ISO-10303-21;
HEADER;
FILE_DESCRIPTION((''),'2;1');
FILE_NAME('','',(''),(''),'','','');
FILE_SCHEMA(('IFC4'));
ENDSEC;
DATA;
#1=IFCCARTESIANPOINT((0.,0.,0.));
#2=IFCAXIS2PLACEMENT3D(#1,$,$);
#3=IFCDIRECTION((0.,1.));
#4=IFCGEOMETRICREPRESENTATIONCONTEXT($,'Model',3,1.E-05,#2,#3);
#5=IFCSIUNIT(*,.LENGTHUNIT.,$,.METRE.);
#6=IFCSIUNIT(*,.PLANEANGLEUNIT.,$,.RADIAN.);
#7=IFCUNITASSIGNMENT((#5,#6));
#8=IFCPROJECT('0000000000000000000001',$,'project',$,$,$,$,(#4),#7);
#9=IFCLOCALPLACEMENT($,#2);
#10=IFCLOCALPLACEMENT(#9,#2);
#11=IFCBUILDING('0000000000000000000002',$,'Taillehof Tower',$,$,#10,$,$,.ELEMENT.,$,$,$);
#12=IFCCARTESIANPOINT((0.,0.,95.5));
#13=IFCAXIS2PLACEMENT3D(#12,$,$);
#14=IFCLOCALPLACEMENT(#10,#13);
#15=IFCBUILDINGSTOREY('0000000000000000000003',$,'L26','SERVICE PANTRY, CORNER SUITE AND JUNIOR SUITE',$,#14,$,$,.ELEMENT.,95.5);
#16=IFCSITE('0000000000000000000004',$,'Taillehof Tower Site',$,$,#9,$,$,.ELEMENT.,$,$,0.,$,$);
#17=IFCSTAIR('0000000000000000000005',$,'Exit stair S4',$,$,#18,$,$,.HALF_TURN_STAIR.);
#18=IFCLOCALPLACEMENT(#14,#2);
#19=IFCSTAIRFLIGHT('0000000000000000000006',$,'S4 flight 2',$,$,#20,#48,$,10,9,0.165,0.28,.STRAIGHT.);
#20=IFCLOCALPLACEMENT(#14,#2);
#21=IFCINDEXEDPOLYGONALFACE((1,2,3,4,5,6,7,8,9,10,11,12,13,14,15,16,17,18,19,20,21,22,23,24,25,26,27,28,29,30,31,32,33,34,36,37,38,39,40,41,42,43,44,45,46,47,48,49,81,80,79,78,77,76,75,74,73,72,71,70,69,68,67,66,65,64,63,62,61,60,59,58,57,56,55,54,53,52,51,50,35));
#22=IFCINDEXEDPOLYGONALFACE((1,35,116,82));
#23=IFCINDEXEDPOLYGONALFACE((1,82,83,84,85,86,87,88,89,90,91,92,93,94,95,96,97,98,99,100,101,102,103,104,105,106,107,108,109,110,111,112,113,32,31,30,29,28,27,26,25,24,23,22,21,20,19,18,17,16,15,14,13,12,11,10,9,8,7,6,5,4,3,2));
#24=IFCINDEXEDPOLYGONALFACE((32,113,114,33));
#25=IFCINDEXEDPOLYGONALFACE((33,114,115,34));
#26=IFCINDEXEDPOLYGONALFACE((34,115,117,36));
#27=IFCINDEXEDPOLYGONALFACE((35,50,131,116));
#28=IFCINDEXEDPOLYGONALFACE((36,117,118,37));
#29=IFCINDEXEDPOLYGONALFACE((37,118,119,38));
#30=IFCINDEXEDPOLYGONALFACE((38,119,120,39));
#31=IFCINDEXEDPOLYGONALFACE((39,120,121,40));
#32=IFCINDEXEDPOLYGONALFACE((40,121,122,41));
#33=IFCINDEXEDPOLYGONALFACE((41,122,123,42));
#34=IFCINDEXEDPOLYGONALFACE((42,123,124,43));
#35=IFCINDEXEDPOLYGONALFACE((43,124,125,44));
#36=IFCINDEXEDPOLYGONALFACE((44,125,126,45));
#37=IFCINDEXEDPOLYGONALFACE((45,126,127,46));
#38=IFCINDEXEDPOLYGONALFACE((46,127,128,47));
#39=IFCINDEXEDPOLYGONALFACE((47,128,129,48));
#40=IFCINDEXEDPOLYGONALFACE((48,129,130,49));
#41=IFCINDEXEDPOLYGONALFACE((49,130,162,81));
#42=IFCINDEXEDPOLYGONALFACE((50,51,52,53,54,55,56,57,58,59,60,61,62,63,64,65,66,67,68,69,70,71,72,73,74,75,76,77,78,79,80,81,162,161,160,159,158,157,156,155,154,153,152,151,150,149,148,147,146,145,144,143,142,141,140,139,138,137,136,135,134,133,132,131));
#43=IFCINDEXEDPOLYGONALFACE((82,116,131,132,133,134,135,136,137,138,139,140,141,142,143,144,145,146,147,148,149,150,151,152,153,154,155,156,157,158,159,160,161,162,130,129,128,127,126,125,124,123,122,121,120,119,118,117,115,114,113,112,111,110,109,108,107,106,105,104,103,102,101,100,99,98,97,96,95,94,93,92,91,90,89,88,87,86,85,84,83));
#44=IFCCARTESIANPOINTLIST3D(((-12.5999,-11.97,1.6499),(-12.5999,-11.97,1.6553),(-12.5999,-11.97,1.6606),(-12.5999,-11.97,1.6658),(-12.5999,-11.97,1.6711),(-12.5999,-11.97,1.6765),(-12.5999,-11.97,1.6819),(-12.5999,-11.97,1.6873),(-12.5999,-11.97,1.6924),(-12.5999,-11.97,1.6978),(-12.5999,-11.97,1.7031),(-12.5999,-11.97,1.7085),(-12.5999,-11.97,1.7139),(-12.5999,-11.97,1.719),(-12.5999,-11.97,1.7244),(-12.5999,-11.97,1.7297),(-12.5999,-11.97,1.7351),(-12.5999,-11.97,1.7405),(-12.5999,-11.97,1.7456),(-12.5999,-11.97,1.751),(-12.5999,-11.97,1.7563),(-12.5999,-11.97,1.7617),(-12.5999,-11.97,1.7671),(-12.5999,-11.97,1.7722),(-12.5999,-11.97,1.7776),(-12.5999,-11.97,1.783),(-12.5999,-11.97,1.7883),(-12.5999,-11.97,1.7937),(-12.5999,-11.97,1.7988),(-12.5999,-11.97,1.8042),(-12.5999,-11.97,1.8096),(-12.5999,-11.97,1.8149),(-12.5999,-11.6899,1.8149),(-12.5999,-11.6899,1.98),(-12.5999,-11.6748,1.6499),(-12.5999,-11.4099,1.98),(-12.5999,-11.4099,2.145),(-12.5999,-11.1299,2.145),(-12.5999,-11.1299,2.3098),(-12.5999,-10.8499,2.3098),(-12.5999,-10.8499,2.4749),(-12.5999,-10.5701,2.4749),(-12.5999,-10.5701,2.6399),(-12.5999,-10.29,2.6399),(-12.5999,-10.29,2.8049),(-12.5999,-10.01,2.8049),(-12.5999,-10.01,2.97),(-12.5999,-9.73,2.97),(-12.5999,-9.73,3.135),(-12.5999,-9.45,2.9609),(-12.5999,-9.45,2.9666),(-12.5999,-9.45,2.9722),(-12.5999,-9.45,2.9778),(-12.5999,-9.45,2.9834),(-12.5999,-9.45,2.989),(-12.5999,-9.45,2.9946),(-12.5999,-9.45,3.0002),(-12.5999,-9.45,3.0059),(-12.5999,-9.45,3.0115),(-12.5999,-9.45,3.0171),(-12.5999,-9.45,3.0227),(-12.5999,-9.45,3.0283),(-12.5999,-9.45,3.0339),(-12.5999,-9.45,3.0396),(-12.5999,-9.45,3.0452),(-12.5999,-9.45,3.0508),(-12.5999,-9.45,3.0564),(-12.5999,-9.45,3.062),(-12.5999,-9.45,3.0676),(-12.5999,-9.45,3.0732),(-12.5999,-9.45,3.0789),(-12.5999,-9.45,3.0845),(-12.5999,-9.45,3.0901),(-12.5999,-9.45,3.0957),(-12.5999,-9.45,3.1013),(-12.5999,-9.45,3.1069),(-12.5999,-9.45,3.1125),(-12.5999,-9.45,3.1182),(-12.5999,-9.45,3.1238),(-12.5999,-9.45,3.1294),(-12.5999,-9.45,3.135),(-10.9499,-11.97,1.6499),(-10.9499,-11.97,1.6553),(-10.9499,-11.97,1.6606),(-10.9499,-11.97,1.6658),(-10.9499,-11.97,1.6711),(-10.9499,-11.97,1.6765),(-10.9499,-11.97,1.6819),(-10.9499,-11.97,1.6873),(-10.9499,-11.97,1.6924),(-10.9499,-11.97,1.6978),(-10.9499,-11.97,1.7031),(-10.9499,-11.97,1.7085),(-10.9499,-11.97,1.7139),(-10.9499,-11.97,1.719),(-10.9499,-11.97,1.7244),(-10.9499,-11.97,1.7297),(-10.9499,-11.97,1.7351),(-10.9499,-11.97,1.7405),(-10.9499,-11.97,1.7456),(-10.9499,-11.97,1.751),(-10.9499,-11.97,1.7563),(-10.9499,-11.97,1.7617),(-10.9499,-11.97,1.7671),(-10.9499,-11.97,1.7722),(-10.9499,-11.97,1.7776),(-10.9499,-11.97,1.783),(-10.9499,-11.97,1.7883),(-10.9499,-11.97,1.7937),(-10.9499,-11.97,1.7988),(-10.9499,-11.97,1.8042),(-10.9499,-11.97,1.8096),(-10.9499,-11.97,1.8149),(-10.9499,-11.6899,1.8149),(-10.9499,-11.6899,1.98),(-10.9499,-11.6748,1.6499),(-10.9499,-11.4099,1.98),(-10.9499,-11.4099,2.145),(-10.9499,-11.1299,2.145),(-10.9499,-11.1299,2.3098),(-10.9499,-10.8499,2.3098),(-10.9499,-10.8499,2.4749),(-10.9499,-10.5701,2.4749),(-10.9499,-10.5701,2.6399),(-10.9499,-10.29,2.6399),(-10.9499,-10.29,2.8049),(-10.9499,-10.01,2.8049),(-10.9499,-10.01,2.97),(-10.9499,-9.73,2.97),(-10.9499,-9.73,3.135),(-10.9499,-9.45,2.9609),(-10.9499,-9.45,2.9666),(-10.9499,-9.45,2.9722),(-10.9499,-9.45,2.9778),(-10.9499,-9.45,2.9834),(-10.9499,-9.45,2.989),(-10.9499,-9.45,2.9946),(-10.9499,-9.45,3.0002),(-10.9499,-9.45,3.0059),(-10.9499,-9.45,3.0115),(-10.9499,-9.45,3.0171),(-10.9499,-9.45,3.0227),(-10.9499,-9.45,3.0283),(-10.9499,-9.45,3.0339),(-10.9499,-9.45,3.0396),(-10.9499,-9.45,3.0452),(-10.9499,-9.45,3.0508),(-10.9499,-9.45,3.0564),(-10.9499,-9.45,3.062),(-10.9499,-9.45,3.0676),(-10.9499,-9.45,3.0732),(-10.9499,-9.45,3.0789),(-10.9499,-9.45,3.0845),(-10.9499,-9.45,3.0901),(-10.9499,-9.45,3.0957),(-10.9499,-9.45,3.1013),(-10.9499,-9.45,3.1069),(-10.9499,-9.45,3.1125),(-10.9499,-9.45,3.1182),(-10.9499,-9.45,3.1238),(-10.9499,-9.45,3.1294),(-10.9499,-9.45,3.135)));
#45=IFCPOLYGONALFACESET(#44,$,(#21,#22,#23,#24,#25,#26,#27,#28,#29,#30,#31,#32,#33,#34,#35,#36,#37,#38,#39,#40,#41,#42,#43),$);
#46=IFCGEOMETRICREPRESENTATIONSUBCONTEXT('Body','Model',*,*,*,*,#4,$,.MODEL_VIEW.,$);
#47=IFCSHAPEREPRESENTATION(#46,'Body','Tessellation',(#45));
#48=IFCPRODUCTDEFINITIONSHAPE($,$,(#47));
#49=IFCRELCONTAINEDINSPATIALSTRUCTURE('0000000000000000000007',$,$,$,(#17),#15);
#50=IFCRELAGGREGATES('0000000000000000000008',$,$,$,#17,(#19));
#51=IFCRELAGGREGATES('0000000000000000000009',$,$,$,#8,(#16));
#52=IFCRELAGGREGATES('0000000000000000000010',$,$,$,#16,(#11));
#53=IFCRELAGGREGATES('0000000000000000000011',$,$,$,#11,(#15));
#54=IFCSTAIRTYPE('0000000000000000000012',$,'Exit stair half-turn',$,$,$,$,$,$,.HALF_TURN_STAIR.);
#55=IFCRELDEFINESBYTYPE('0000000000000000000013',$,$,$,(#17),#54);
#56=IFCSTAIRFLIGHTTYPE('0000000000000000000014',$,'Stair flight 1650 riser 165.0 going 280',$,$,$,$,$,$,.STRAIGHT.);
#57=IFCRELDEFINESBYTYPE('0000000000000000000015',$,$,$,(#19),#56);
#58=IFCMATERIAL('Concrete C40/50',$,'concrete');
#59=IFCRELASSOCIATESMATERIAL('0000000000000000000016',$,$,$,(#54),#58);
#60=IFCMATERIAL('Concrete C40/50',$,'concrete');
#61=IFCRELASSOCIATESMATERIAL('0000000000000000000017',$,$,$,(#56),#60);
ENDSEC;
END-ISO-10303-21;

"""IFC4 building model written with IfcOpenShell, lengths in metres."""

from ifc_helpers import new_model, si_unit, direction, frame, origin, place, context, subcontext, project, spatial, polyline, outline, extrude, material, type_object, element, aggregate, save


model = new_model("IFC4")

# Units and contexts
model_context = context("Model", 3, precision=1e-05, world=origin(), true_north=direction((0.0, 1.0)))
body_context = subcontext(model_context, "Body", "Model", "MODEL_VIEW")
ifc_project = project(units=[si_unit("LENGTHUNIT", "METRE"), si_unit("PLANEANGLEUNIT", "RADIAN")], contexts=[model_context])

# Site, building, storey
site_placement = place(None, origin())
site = spatial("IfcSite", under=ifc_project, at=site_placement, Name="Taillehof Tower Site", CompositionType="ELEMENT", RefElevation=0.0)
building_placement = place(site_placement, origin())
building = spatial("IfcBuilding", under=site, at=building_placement, Name="Taillehof Tower", CompositionType="ELEMENT")
storey_placement = place(building_placement, frame((0.0, 0.0, 95.5)))
storey = spatial("IfcBuildingStorey", under=building, at=storey_placement, Name="L26", Description="SERVICE PANTRY, CORNER SUITE AND JUNIOR SUITE", CompositionType="ELEMENT", Elevation=95.5)

# Stair, stair flight
ifc_material_1 = material(Name="Concrete C40/50", Category="concrete")
stair_type = type_object("IfcStairType", Name="Exit stair half-turn", PredefinedType="HALF_TURN_STAIR", material=ifc_material_1)
stair_placement = place(storey_placement, origin())
stair = element("IfcStair", 1, at=stair_placement, inside=storey, type_object=stair_type, Name="Exit stair S4", PredefinedType="HALF_TURN_STAIR")
ifc_material_2 = material(Name="Concrete C40/50", Category="concrete")
stair_flight_type = type_object("IfcStairFlightType", Name="Stair flight 1650 riser 165.0 going 280", PredefinedType="STRAIGHT", material=ifc_material_2)
stair_flight_placement = place(storey_placement, frame((-11.7749, -11.97, 1.6499), z_axis=(0.0, 0.0, 1.0), x_axis=(0.0, 1.0, 0.0)))
stair_flight = element("IfcStairFlight", 2, at=stair_flight_placement, type_object=stair_flight_type, Name="S4 flight 2", NumberOfRisers=10, NumberOfTreads=9, PredefinedType="STRAIGHT", RiserHeight=0.165, TreadLength=0.28, context=body_context, shape_type="SweptSolid", body=[
    extrude(outline(polyline([(0.0, 0.0), (0.0, 0.0054), (0.0, 0.0107), (0.0, 0.0159), (0.0, 0.0212), (0.0, 0.0266), (0.0, 0.032), (0.0, 0.0374), (0.0, 0.0425), (0.0, 0.0479), (0.0, 0.0532), (0.0, 0.0586), (0.0, 0.064), (0.0, 0.0691), (0.0, 0.0745), (0.0, 0.0798), (0.0, 0.0852), (0.0, 0.0906), (0.0, 0.0957), (0.0, 0.1011), (0.0, 0.1064), (0.0, 0.1118), (0.0, 0.1172), (0.0, 0.1223), (0.0, 0.1277), (0.0, 0.1331), (0.0, 0.1384), (0.0, 0.1438), (0.0, 0.1489), (0.0, 0.1543), (0.0, 0.1597), (0.0, 0.165), (0.28, 0.165), (0.28, 0.3301), (0.5601, 0.3301), (0.5601, 0.4951), (0.8401, 0.4951), (0.8401, 0.6599), (1.1201, 0.6599), (1.1201, 0.825), (1.3999, 0.825), (1.3999, 0.99), (1.6799, 0.99), (1.6799, 1.155), (1.96, 1.155), (1.96, 1.3201), (2.24, 1.3201), (2.24, 1.4851), (2.52, 1.4851), (2.52, 1.4795), (2.52, 1.4739), (2.52, 1.4683), (2.52, 1.4626), (2.52, 1.457), (2.52, 1.4514), (2.52, 1.4458), (2.52, 1.4402), (2.52, 1.4346), (2.52, 1.429), (2.52, 1.4233), (2.52, 1.4177), (2.52, 1.4121), (2.52, 1.4065), (2.52, 1.4009), (2.52, 1.3953), (2.52, 1.3896), (2.52, 1.384), (2.52, 1.3784), (2.52, 1.3728), (2.52, 1.3672), (2.52, 1.3616), (2.52, 1.356), (2.52, 1.3503), (2.52, 1.3447), (2.52, 1.3391), (2.52, 1.3335), (2.52, 1.3279), (2.52, 1.3223), (2.52, 1.3167), (2.52, 1.311), (0.2952, 0.0), (0.0, 0.0)])), frame((0.0, 0.825, 0.0), z_axis=(0.0, -1.0, 0.0), x_axis=(1.0, 0.0, 0.0)), (0.0, 0.0, 1.0), 1.65),
])
aggregate(stair, [stair_flight])

save(model, "model.ifc")
